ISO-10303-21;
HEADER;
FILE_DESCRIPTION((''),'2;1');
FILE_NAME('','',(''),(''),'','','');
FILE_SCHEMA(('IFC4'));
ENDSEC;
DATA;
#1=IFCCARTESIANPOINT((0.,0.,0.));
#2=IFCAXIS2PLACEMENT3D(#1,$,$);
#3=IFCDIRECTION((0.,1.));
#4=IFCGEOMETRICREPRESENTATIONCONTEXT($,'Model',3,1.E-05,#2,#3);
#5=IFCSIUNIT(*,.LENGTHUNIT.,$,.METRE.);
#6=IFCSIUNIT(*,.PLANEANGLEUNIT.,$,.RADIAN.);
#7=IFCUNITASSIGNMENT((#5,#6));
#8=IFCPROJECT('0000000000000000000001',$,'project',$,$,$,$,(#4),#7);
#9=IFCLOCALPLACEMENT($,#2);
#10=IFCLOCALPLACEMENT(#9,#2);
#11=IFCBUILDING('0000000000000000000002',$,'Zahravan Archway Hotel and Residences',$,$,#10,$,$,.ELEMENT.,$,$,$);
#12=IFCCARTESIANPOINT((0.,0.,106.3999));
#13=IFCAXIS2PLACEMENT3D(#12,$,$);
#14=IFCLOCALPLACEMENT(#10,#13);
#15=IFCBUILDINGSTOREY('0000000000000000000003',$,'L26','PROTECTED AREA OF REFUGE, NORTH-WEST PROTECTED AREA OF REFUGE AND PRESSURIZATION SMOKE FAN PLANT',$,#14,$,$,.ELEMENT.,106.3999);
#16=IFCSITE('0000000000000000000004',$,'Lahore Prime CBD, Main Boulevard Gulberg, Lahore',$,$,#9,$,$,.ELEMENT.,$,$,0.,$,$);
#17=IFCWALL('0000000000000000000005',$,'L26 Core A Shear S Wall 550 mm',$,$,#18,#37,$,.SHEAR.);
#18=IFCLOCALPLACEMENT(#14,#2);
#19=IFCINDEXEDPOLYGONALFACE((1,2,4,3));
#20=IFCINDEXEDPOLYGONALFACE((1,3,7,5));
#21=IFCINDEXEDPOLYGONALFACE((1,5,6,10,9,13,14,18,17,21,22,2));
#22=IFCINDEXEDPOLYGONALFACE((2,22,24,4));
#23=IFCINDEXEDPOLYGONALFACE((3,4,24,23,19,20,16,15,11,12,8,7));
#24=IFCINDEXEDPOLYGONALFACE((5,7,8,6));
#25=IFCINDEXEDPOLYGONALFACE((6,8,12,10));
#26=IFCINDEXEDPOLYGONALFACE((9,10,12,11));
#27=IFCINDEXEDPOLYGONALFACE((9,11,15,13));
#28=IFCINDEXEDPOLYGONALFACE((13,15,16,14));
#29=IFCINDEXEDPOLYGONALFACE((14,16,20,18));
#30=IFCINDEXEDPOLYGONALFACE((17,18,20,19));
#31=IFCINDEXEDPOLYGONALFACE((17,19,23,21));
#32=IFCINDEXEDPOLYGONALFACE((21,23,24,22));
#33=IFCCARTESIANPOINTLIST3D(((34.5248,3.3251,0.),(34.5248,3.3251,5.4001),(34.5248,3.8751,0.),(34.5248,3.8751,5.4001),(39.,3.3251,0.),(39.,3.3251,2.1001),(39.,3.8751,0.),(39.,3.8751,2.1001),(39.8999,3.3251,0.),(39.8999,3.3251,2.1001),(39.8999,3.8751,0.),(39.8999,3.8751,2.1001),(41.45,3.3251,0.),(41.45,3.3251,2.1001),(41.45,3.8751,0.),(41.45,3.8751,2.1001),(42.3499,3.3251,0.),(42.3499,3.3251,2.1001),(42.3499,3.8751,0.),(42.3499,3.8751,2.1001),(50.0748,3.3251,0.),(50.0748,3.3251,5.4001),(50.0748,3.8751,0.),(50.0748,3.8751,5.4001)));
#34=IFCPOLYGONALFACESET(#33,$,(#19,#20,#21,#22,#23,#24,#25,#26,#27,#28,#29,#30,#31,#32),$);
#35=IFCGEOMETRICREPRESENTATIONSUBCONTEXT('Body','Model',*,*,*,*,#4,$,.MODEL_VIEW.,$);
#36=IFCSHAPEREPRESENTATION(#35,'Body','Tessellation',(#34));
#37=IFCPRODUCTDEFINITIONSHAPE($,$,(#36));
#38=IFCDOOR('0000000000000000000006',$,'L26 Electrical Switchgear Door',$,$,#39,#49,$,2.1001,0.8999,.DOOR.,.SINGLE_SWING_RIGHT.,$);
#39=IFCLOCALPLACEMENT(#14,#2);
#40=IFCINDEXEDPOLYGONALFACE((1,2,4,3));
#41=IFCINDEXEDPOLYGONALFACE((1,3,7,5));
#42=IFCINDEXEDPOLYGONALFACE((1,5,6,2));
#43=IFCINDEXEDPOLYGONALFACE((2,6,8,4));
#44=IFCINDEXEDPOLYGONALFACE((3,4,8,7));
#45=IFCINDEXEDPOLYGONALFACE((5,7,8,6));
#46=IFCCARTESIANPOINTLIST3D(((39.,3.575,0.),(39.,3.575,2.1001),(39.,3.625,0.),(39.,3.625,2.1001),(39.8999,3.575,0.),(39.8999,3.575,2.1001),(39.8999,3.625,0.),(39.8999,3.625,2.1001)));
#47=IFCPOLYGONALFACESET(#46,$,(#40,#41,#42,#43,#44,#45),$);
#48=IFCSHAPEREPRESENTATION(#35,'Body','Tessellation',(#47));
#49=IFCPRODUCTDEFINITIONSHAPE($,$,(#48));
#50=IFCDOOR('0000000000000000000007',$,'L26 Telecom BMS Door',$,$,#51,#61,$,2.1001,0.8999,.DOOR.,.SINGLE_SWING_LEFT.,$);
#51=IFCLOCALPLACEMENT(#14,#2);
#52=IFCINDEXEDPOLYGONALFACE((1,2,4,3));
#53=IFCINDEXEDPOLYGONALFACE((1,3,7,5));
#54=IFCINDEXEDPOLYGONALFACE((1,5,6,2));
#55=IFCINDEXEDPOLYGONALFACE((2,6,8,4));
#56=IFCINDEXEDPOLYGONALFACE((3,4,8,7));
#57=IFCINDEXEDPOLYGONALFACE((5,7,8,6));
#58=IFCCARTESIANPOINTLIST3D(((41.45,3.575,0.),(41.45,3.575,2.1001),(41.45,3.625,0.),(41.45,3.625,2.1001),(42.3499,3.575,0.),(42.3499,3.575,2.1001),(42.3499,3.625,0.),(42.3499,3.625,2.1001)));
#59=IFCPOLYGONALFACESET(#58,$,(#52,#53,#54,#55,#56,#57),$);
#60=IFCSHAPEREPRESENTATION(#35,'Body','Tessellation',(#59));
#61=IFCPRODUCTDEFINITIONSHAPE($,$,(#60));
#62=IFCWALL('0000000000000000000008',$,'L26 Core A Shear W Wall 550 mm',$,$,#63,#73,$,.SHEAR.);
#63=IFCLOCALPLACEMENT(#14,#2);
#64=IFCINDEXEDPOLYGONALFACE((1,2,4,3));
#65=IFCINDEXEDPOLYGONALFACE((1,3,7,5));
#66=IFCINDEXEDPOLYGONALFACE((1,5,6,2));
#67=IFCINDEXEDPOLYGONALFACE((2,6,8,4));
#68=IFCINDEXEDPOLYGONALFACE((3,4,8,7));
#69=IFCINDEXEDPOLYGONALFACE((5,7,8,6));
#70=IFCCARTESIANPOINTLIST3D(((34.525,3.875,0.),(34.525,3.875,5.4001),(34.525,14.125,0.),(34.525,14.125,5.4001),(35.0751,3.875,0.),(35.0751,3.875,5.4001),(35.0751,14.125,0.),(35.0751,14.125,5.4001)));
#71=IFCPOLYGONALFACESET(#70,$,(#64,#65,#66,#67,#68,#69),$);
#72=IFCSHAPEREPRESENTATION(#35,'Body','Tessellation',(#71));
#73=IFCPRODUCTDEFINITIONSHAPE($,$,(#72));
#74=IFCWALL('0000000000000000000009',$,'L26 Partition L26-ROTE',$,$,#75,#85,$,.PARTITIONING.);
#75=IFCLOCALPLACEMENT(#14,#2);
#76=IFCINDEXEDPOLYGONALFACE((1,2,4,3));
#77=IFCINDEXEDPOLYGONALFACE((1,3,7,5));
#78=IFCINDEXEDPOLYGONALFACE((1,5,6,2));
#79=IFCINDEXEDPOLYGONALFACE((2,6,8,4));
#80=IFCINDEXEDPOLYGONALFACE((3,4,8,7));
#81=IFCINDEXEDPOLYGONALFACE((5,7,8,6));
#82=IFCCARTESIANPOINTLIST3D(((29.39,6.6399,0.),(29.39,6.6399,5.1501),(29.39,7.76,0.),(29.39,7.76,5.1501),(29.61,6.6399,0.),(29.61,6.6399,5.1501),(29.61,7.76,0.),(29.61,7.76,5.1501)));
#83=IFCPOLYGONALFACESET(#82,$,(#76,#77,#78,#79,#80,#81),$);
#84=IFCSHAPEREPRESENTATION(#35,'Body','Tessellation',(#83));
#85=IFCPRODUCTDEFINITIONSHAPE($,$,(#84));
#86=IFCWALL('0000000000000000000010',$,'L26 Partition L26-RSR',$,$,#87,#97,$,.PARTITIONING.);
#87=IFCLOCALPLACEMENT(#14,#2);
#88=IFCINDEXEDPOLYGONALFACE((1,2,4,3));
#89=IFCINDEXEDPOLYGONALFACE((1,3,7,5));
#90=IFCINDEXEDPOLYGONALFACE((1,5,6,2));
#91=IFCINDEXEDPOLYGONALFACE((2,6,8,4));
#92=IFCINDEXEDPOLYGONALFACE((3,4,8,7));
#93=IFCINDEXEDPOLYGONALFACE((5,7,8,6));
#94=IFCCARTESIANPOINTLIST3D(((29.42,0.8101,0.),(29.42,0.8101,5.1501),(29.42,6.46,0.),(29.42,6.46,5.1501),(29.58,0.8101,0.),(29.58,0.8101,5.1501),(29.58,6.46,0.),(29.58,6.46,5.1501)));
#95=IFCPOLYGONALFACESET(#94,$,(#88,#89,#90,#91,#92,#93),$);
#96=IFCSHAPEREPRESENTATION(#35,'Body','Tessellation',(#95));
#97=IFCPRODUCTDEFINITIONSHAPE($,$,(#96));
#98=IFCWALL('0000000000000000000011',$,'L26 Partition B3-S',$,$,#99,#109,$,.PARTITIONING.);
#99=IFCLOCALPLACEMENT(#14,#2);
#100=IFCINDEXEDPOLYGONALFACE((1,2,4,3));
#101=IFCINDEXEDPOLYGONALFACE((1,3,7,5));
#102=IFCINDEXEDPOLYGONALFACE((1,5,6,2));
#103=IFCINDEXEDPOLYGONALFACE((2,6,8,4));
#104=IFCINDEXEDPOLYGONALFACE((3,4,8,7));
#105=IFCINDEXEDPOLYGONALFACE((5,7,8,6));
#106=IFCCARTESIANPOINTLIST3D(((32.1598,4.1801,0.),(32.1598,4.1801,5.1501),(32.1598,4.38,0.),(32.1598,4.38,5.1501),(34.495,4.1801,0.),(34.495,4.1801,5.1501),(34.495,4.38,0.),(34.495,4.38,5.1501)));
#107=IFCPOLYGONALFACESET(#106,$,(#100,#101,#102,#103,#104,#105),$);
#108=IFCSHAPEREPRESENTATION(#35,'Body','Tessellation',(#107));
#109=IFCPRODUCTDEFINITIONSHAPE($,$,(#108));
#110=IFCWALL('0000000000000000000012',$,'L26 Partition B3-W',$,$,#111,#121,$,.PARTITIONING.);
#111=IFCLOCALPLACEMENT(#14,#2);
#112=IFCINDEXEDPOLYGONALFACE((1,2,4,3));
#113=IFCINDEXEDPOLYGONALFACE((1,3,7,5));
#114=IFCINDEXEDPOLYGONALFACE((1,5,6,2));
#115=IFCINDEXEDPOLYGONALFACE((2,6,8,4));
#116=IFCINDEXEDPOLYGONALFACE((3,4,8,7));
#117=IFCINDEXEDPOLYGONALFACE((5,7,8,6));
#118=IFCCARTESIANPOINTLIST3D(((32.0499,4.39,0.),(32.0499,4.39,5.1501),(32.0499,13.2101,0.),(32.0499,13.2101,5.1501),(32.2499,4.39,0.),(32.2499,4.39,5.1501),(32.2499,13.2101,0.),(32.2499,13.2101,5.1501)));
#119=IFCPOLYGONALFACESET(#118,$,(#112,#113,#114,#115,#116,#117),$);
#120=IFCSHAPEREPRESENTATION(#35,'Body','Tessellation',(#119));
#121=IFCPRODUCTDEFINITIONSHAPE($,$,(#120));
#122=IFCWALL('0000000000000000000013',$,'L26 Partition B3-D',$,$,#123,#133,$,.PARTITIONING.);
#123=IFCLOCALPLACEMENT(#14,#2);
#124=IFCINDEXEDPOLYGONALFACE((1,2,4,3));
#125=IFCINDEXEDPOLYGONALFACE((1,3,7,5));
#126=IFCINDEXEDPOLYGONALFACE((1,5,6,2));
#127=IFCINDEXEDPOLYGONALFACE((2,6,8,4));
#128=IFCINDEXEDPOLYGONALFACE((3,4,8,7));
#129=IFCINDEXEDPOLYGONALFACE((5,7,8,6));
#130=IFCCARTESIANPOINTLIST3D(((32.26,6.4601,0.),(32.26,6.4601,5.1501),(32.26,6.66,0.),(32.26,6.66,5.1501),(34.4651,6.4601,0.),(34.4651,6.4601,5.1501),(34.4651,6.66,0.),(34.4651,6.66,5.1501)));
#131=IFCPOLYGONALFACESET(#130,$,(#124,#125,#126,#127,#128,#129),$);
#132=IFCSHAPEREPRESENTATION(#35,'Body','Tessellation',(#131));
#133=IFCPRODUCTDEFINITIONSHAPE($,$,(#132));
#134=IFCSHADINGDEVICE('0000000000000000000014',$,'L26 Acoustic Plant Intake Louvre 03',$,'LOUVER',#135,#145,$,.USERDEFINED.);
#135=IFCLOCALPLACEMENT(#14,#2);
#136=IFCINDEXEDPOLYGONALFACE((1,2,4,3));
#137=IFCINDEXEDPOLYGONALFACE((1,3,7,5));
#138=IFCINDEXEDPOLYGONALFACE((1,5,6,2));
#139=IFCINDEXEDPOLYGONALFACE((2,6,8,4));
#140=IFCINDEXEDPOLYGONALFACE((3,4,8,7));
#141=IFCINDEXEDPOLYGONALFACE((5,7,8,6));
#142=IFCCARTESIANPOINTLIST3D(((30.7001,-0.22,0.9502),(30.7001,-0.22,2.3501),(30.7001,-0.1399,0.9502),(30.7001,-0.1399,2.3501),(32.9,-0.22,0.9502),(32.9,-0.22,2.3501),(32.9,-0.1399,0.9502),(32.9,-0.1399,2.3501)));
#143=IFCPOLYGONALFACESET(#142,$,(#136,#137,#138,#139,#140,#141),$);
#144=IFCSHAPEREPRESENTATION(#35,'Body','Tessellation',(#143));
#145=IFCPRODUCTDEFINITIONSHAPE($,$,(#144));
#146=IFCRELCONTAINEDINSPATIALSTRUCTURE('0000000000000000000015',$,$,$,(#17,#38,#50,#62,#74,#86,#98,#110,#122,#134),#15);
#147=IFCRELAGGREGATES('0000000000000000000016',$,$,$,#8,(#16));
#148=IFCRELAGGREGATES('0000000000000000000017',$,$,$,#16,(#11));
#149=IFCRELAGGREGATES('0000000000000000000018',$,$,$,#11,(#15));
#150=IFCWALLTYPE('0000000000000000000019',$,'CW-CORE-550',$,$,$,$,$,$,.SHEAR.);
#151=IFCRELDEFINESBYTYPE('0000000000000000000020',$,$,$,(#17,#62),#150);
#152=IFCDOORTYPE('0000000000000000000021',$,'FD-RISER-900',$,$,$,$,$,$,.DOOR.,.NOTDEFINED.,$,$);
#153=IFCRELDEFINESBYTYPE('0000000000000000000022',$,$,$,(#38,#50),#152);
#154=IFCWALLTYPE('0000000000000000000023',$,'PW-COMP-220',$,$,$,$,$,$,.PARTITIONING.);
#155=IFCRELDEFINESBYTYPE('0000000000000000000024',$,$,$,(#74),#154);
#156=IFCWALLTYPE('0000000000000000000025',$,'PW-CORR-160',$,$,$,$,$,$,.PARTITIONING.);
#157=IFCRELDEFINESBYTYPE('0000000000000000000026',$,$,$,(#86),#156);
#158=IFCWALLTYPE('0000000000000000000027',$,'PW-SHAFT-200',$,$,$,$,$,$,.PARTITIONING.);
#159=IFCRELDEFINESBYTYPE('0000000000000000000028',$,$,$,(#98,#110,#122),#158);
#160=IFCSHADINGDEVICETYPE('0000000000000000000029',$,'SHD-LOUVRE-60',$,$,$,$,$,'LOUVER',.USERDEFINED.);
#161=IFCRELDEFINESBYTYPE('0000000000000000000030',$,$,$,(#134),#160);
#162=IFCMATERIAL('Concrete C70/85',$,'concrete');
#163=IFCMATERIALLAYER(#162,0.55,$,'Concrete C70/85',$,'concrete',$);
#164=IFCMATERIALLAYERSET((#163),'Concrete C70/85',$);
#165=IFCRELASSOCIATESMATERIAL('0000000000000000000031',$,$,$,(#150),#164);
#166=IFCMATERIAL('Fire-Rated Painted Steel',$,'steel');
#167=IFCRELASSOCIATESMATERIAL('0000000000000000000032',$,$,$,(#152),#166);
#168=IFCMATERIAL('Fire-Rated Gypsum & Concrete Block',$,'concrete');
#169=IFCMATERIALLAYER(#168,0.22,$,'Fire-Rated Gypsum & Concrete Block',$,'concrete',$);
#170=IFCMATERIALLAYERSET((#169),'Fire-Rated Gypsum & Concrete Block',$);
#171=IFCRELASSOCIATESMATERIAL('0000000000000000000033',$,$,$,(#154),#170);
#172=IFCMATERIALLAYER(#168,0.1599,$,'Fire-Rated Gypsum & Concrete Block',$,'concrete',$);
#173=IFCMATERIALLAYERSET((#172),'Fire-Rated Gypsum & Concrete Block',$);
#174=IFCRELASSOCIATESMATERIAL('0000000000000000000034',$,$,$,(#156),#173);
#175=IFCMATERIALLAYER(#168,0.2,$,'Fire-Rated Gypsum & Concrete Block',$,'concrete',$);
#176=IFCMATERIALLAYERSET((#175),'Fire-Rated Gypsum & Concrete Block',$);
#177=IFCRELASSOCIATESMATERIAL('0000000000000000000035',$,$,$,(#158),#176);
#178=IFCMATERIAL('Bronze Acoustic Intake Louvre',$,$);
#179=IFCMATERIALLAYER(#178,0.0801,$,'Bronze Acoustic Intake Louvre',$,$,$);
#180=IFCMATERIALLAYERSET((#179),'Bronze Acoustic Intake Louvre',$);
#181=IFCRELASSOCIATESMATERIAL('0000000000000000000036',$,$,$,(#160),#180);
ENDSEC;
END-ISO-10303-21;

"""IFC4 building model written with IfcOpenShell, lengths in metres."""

from ifc_helpers import new_model, si_unit, direction, frame, frame_2d, origin, origin_2d, place, context, subcontext, project, spatial, rectangle, extrude, source, transform, mapped, material, layer, layer_set, type_object, type_shapes, element, fill, save


model = new_model("IFC4")

# Units and contexts
model_context = context("Model", 3, precision=1e-05, world=origin(), true_north=direction((0.0, 1.0)))
body_context = subcontext(model_context, "Body", "Model", "MODEL_VIEW")
ifc_project = project(units=[si_unit("LENGTHUNIT", "METRE"), si_unit("PLANEANGLEUNIT", "RADIAN")], contexts=[model_context])

# Site, building, storey
site_placement = place(None, origin())
site = spatial("IfcSite", under=ifc_project, at=site_placement, Name="Lahore Prime CBD, Main Boulevard Gulberg, Lahore", CompositionType="ELEMENT", RefElevation=0.0)
building_placement = place(site_placement, origin())
building = spatial("IfcBuilding", under=site, at=building_placement, Name="Zahravan Archway Hotel and Residences", CompositionType="ELEMENT")
storey_placement = place(building_placement, frame((0.0, 0.0, 106.3999)))
storey = spatial("IfcBuildingStorey", under=building, at=storey_placement, Name="L26", Description="PROTECTED AREA OF REFUGE, NORTH-WEST PROTECTED AREA OF REFUGE AND PRESSURIZATION SMOKE FAN PLANT", CompositionType="ELEMENT", Elevation=106.3999)

# Shared definitions
ifc_material_1 = material(Name="Concrete C70/85", Category="concrete")

# Wall, openings, doors
ifc_layer_1 = layer(ifc_material_1, 0.55, Name="Concrete C70/85", Category="concrete")
ifc_layer_set_1 = layer_set([ifc_layer_1], Name="Concrete C70/85")
wall_type_1 = type_object("IfcWallType", Name="CW-CORE-550", PredefinedType="SHEAR", material=ifc_layer_set_1)
wall_1_placement = place(storey_placement, frame((34.5249, 3.6001, 0.0), z_axis=(0.0, 0.0, 1.0), x_axis=(1.0, 0.0, 0.0)))
wall_1 = element("IfcWall", 1, at=wall_1_placement, inside=storey, type_object=wall_type_1, Name="L26 Core A Shear S Wall 550 mm", PredefinedType="SHEAR", context=body_context, shape_type="SweptSolid", body=[
    extrude(rectangle(XDim=15.55, YDim=0.55, at=frame_2d((7.7749, 0.0))), origin(), (0.0, 0.0, 1.0), 5.4001),
])
opening_1_placement = place(wall_1_placement, frame((4.4751, 0.0, 0.0)))
opening_1 = element("IfcOpeningElement", 2, at=opening_1_placement, cuts=wall_1, PredefinedType="OPENING", context=body_context, shape_type="SweptSolid", body=[
    extrude(rectangle(XDim=0.8999, YDim=2.1001, at=frame_2d((0.45, 1.05))), frame((0.0, 0.2852, 0.0), z_axis=(0.0, -1.0, 0.0), x_axis=(1.0, 0.0, 0.0)), (0.0, 0.0, 1.0), 0.5701),
])
opening_2_placement = place(wall_1_placement, frame((6.925, 0.0, 0.0)))
opening_2 = element("IfcOpeningElement", 3, at=opening_2_placement, cuts=wall_1, PredefinedType="OPENING", context=body_context, shape_type="SweptSolid", body=[
    extrude(rectangle(XDim=0.8999, YDim=2.1001, at=frame_2d((0.45, 1.05))), frame((0.0, 0.2852, 0.0), z_axis=(0.0, -1.0, 0.0), x_axis=(1.0, 0.0, 0.0)), (0.0, 0.0, 1.0), 0.5701),
])
ifc_material_2 = material(Name="Fire-Rated Painted Steel", Category="steel")
door_type = type_object("IfcDoorType", Name="FD-RISER-900", OperationType="NOTDEFINED", PredefinedType="DOOR", material=ifc_material_2)
shared_shape_1 = source(origin(), body_context, "Body", "SweptSolid", [
    extrude(rectangle(XDim=0.8999, YDim=2.1001, at=frame_2d((0.45, 1.05))), frame((0.0, 0.0249, 0.0), z_axis=(0.0, -1.0, 0.0), x_axis=(1.0, 0.0, 0.0)), (0.0, 0.0, 1.0), 0.05),
])
type_shapes(door_type, [shared_shape_1])
door_1_placement = place(opening_1_placement, origin())
door_1 = element("IfcDoor", 4, at=door_1_placement, inside=storey, type_object=door_type, Name="L26 Electrical Switchgear Door", OperationType="SINGLE_SWING_RIGHT", OverallHeight=2.1001, OverallWidth=0.8999, PredefinedType="DOOR", context=body_context, shape_type="MappedRepresentation", body=[
    mapped(shared_shape_1, transform((0.0, 0.0, 0.0), scale=1.0)),
])
fill(opening_1, door_1)
door_2_placement = place(opening_2_placement, origin())
door_2 = element("IfcDoor", 5, at=door_2_placement, inside=storey, type_object=door_type, Name="L26 Telecom BMS Door", OperationType="SINGLE_SWING_LEFT", OverallHeight=2.1001, OverallWidth=0.8999, PredefinedType="DOOR", context=body_context, shape_type="MappedRepresentation", body=[
    mapped(shared_shape_1, transform((0.0, 0.0, 0.0), scale=1.0)),
])
fill(opening_2, door_2)

# Walls
wall_2_placement = place(storey_placement, frame((34.8, 3.875, 0.0), z_axis=(0.0, 0.0, 1.0), x_axis=(0.0, 1.0, 0.0)))
element("IfcWall", 6, at=wall_2_placement, inside=storey, type_object=wall_type_1, Name="L26 Core A Shear W Wall 550 mm", PredefinedType="SHEAR", context=body_context, shape_type="SweptSolid", body=[
    extrude(rectangle(XDim=10.25, YDim=0.55, at=frame_2d((5.125, 0.0))), origin(), (0.0, 0.0, 1.0), 5.4001),
])
ifc_material_3 = material(Name="Fire-Rated Gypsum & Concrete Block", Category="concrete")
ifc_layer_2 = layer(ifc_material_3, 0.22, Name="Fire-Rated Gypsum & Concrete Block", Category="concrete")
ifc_layer_set_2 = layer_set([ifc_layer_2], Name="Fire-Rated Gypsum & Concrete Block")
wall_type_2 = type_object("IfcWallType", Name="PW-COMP-220", PredefinedType="PARTITIONING", material=ifc_layer_set_2)
wall_3_placement = place(storey_placement, frame((29.5, 6.6399, 0.0), z_axis=(0.0, 0.0, 1.0), x_axis=(0.0, 1.0, 0.0)))
element("IfcWall", 7, at=wall_3_placement, inside=storey, type_object=wall_type_2, Name="L26 Partition L26-ROTE", PredefinedType="PARTITIONING", context=body_context, shape_type="SweptSolid", body=[
    extrude(rectangle(XDim=1.1201, YDim=0.22, at=frame_2d((0.5601, 0.0))), origin(), (0.0, 0.0, 1.0), 5.1501),
])
ifc_layer_3 = layer(ifc_material_3, 0.1599, Name="Fire-Rated Gypsum & Concrete Block", Category="concrete")
ifc_layer_set_3 = layer_set([ifc_layer_3], Name="Fire-Rated Gypsum & Concrete Block")
wall_type_3 = type_object("IfcWallType", Name="PW-CORR-160", PredefinedType="PARTITIONING", material=ifc_layer_set_3)
wall_4_placement = place(storey_placement, frame((29.5, 0.8101, 0.0), z_axis=(0.0, 0.0, 1.0), x_axis=(0.0, 1.0, 0.0)))
element("IfcWall", 8, at=wall_4_placement, inside=storey, type_object=wall_type_3, Name="L26 Partition L26-RSR", PredefinedType="PARTITIONING", context=body_context, shape_type="SweptSolid", body=[
    extrude(rectangle(XDim=5.6499, YDim=0.1599, at=frame_2d((2.825, 0.0))), origin(), (0.0, 0.0, 1.0), 5.1501),
])
ifc_layer_4 = layer(ifc_material_3, 0.2, Name="Fire-Rated Gypsum & Concrete Block", Category="concrete")
ifc_layer_set_4 = layer_set([ifc_layer_4], Name="Fire-Rated Gypsum & Concrete Block")
wall_type_4 = type_object("IfcWallType", Name="PW-SHAFT-200", PredefinedType="PARTITIONING", material=ifc_layer_set_4)
wall_5_placement = place(storey_placement, frame((32.1599, 4.28, 0.0), z_axis=(0.0, 0.0, 1.0), x_axis=(1.0, 0.0, 0.0)))
element("IfcWall", 9, at=wall_5_placement, inside=storey, type_object=wall_type_4, Name="L26 Partition B3-S", PredefinedType="PARTITIONING", context=body_context, shape_type="SweptSolid", body=[
    extrude(rectangle(XDim=2.3352, YDim=0.2, at=frame_2d((1.1675, 0.0))), origin(), (0.0, 0.0, 1.0), 5.1501),
])
wall_6_placement = place(storey_placement, frame((32.1499, 4.3899, 0.0), z_axis=(0.0, 0.0, 1.0), x_axis=(0.0, 1.0, 0.0)))
element("IfcWall", 10, at=wall_6_placement, inside=storey, type_object=wall_type_4, Name="L26 Partition B3-W", PredefinedType="PARTITIONING", context=body_context, shape_type="SweptSolid", body=[
    extrude(rectangle(XDim=8.8201, YDim=0.2, at=frame_2d((4.4102, 0.0))), origin(), (0.0, 0.0, 1.0), 5.1501),
])
wall_7_placement = place(storey_placement, frame((32.26, 6.5601, 0.0), z_axis=(0.0, 0.0, 1.0), x_axis=(1.0, 0.0, 0.0)))
element("IfcWall", 11, at=wall_7_placement, inside=storey, type_object=wall_type_4, Name="L26 Partition B3-D", PredefinedType="PARTITIONING", context=body_context, shape_type="SweptSolid", body=[
    extrude(rectangle(XDim=2.2051, YDim=0.2, at=frame_2d((1.1025, 0.0))), origin(), (0.0, 0.0, 1.0), 5.1501),
])

# Shading device
ifc_material_4 = material(Name="Bronze Acoustic Intake Louvre")
ifc_layer_5 = layer(ifc_material_4, 0.0801, Name="Bronze Acoustic Intake Louvre")
ifc_layer_set_5 = layer_set([ifc_layer_5], Name="Bronze Acoustic Intake Louvre")
shading_device_type = type_object("IfcShadingDeviceType", Name="SHD-LOUVRE-60", ElementType="LOUVER", PredefinedType="USERDEFINED", material=ifc_layer_set_5)
shared_shape_2 = source(origin(), body_context, "Body", "SweptSolid", [
    extrude(rectangle(XDim=2.2, YDim=0.0801, at=origin_2d()), origin(), (0.0, 0.0, 1.0), 1.3999),
])
type_shapes(shading_device_type, [shared_shape_2])
shading_device_placement = place(storey_placement, frame((31.8, -0.1799, 0.9502), z_axis=(0.0, 0.0, 1.0), x_axis=(1.0, 0.0, 0.0)))
element("IfcShadingDevice", 12, at=shading_device_placement, inside=storey, type_object=shading_device_type, Name="L26 Acoustic Plant Intake Louvre 03", ObjectType="LOUVER", PredefinedType="USERDEFINED", context=body_context, shape_type="MappedRepresentation", body=[
    mapped(shared_shape_2, transform((0.0, 0.0, 0.0), scale=1.0)),
])

save(model, "model.ifc")
